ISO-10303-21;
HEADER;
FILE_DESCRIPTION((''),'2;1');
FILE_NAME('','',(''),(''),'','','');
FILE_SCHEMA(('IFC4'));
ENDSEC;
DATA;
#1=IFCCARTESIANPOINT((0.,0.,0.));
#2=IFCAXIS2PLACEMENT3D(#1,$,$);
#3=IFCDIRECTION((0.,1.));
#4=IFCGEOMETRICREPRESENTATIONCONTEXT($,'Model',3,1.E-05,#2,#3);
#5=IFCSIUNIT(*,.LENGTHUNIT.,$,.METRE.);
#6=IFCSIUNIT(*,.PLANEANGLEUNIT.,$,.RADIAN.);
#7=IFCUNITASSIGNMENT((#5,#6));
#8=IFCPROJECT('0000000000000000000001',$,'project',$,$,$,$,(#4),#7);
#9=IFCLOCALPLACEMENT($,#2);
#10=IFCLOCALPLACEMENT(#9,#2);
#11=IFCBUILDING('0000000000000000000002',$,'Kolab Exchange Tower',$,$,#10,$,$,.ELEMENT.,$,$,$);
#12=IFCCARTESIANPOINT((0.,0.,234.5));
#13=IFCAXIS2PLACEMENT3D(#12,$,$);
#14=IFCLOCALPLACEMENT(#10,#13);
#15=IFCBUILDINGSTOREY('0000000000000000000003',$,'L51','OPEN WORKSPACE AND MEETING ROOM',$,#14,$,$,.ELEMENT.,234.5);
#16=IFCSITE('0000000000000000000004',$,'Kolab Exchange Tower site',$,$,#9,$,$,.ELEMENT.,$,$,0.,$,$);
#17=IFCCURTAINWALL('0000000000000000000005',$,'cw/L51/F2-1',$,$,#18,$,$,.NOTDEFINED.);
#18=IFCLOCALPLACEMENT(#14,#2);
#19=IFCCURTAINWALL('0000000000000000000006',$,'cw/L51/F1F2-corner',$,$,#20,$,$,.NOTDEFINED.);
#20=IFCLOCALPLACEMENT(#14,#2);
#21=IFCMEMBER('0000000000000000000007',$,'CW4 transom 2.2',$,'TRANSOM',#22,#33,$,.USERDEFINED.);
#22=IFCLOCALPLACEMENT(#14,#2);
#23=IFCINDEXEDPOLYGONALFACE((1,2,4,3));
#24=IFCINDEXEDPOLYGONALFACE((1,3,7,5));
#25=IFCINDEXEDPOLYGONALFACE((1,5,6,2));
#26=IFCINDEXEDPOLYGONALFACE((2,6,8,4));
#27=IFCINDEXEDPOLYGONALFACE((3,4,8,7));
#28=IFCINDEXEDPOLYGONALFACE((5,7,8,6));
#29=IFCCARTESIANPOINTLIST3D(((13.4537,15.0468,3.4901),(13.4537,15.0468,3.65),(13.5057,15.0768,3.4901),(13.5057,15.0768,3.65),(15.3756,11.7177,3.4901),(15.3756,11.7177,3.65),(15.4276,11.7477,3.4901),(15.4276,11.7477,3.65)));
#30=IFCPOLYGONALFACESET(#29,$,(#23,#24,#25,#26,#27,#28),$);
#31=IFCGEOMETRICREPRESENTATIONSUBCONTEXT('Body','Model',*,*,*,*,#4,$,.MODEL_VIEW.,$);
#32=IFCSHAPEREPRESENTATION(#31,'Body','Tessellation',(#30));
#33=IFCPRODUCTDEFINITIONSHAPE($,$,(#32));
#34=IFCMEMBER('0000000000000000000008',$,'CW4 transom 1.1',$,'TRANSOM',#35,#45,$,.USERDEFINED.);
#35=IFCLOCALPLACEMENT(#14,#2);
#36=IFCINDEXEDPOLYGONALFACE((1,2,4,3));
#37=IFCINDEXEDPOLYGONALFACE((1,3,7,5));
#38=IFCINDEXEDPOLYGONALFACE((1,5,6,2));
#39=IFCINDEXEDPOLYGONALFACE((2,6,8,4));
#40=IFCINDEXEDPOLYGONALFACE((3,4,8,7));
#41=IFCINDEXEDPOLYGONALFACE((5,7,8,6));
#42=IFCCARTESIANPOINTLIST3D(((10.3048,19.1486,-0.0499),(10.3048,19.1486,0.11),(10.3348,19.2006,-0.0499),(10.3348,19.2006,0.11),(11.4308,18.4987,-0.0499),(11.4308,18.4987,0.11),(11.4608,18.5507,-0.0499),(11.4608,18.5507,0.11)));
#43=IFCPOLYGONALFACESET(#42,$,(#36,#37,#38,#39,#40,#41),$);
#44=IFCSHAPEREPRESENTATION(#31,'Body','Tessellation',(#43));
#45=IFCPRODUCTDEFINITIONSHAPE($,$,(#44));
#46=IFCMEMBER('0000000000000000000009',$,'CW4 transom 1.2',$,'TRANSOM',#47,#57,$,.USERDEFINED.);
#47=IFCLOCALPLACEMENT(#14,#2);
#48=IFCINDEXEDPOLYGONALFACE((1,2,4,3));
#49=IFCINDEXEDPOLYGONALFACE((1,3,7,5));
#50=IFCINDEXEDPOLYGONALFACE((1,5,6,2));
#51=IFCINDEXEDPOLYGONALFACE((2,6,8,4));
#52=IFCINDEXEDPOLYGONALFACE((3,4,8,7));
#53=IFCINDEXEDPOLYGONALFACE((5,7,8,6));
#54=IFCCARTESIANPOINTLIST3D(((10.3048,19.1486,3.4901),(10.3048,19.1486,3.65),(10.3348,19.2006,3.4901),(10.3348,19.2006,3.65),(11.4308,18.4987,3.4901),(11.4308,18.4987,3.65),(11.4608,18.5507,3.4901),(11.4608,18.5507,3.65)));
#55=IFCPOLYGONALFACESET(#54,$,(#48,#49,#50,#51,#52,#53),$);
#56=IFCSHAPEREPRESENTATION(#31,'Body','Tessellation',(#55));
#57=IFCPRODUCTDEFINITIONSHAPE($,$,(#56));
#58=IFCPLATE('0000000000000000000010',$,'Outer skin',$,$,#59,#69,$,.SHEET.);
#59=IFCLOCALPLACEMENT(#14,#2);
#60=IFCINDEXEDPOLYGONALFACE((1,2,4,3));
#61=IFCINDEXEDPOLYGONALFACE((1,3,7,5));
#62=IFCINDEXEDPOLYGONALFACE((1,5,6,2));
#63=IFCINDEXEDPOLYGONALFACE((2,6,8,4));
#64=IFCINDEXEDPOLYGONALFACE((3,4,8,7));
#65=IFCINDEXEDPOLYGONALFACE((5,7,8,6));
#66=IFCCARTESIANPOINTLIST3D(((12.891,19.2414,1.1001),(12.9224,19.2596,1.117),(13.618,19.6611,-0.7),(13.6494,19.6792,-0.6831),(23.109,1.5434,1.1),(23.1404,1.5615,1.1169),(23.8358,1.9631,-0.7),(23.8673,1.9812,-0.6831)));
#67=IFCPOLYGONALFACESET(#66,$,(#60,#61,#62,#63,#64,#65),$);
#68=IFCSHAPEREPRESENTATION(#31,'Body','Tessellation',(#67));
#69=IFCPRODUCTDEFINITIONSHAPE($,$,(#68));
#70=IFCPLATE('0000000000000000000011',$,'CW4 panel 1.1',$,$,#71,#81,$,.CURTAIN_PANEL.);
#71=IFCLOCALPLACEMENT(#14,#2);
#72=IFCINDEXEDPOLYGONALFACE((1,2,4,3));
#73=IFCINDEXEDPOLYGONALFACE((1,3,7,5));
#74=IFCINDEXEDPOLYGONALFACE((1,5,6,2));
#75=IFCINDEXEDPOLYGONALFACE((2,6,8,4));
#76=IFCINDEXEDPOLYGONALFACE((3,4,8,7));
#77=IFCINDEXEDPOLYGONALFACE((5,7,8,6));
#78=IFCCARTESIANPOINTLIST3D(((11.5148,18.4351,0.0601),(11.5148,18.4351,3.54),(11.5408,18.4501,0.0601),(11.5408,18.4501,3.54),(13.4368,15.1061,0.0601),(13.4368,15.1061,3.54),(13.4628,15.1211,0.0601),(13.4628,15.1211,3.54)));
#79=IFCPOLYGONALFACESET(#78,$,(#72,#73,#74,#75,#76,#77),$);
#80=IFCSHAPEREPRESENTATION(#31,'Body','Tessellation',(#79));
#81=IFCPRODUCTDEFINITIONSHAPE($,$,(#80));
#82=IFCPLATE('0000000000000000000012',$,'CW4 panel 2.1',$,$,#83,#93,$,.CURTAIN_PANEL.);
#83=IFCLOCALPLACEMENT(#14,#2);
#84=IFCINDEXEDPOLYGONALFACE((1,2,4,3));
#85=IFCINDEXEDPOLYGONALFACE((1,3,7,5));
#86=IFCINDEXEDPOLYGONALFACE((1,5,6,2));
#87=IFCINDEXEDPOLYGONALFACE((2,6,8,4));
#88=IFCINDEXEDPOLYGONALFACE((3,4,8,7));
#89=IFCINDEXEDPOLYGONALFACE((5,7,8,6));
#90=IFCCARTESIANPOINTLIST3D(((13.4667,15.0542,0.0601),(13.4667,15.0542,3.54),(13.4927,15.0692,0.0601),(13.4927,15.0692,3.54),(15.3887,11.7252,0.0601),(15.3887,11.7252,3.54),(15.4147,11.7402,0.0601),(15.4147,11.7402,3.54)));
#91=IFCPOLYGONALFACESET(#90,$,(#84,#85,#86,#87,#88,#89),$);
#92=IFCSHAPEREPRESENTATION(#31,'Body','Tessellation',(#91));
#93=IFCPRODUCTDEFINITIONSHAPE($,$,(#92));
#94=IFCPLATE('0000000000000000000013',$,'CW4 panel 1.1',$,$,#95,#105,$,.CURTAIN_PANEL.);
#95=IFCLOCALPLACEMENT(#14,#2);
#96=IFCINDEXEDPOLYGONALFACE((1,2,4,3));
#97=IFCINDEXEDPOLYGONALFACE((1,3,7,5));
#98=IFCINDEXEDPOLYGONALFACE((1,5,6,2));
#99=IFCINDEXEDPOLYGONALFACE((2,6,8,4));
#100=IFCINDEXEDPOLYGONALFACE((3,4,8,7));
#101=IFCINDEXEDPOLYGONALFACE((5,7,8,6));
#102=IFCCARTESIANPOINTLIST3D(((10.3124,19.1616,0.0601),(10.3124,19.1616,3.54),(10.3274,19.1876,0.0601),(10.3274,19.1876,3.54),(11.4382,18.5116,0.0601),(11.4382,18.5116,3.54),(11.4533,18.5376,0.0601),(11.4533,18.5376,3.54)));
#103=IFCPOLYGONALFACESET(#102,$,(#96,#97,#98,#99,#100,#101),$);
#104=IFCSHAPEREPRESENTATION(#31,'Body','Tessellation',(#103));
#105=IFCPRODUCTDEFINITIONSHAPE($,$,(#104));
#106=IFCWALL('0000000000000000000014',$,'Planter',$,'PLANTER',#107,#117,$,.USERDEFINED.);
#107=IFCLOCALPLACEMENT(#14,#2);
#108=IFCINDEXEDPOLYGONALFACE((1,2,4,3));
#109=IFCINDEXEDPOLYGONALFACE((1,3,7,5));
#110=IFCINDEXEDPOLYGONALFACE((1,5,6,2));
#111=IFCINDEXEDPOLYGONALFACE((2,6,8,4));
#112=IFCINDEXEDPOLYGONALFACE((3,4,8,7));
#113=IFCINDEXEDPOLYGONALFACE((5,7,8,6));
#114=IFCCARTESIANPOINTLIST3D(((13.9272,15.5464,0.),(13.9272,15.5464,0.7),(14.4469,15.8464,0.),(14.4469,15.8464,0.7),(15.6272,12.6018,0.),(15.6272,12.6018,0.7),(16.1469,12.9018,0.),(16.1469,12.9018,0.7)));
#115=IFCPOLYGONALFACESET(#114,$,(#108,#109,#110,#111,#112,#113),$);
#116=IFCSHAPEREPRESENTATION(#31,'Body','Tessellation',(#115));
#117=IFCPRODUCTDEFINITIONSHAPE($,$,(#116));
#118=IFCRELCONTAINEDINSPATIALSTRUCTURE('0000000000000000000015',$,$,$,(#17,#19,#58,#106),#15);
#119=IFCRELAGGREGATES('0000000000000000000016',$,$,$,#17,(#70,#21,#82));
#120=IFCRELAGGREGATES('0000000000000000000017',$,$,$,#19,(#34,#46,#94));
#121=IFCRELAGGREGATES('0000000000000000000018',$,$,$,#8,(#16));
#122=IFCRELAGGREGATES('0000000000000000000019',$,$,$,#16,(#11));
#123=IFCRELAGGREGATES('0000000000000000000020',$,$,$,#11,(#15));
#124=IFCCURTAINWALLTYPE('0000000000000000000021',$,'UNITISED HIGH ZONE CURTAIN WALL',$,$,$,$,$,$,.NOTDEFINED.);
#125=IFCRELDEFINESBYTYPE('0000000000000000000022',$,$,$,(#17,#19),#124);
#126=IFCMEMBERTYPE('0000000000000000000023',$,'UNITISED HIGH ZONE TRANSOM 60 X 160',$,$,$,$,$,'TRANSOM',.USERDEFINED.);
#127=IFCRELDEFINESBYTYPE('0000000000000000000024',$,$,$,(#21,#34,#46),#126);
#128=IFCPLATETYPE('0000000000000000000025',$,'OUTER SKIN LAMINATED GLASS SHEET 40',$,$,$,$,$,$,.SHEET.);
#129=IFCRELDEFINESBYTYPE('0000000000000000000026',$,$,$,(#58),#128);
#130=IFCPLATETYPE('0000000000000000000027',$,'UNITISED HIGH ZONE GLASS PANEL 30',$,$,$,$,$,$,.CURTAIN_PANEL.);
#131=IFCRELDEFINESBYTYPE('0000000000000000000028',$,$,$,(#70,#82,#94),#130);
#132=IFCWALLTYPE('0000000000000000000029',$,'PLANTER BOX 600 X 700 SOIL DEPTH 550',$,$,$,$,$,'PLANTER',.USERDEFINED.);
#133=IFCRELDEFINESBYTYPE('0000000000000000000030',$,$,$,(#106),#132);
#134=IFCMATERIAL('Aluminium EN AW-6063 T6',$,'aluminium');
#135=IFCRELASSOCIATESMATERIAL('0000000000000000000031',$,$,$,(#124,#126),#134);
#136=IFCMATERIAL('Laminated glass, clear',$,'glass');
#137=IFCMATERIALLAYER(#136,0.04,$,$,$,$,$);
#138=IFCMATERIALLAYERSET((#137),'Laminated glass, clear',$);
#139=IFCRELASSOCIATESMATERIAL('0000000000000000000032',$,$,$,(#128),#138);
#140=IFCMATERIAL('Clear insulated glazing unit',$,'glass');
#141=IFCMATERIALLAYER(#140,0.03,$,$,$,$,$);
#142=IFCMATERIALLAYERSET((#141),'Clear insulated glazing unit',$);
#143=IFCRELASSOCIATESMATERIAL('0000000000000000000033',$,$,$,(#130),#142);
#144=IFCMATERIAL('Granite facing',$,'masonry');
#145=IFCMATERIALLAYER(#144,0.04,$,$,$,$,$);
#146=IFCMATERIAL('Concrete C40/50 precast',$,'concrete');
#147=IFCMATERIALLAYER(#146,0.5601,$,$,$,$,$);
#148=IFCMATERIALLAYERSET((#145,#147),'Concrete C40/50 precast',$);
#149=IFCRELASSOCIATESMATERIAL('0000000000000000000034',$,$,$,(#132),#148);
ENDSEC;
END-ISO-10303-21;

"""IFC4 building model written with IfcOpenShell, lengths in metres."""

from ifc_helpers import new_model, si_unit, direction, frame, frame_2d, origin, origin_2d, place, context, subcontext, project, spatial, polyline, rectangle, outline, extrude, material, layer, layer_set, material_profile, profile_set, type_object, element, aggregate, save


model = new_model("IFC4")

# Units and contexts
model_context = context("Model", 3, precision=1e-05, world=origin(), true_north=direction((0.0, 1.0)))
body_context = subcontext(model_context, "Body", "Model", "MODEL_VIEW")
ifc_project = project(units=[si_unit("LENGTHUNIT", "METRE"), si_unit("PLANEANGLEUNIT", "RADIAN")], contexts=[model_context])

# Site, building, storey
site_placement = place(None, origin())
site = spatial("IfcSite", under=ifc_project, at=site_placement, Name="Kolab Exchange Tower site", CompositionType="ELEMENT", RefElevation=0.0)
building_placement = place(site_placement, origin())
building = spatial("IfcBuilding", under=site, at=building_placement, Name="Kolab Exchange Tower", CompositionType="ELEMENT")
storey_placement = place(building_placement, frame((0.0, 0.0, 234.5)))
storey = spatial("IfcBuildingStorey", under=building, at=storey_placement, Name="L51", Description="OPEN WORKSPACE AND MEETING ROOM", CompositionType="ELEMENT", Elevation=234.5)

# Shared definitions
ifc_material_1 = material(Name="Aluminium EN AW-6063 T6", Category="aluminium")
curtain_wall_type = type_object("IfcCurtainWallType", Name="UNITISED HIGH ZONE CURTAIN WALL", PredefinedType="NOTDEFINED", material=ifc_material_1)

# Curtain walls
curtain_wall_1_placement = place(storey_placement, origin())
curtain_wall_1 = element("IfcCurtainWall", 1, at=curtain_wall_1_placement, inside=storey, type_object=curtain_wall_type, Name="cw/L51/F2-1", PredefinedType="NOTDEFINED")
curtain_wall_2_placement = place(storey_placement, origin())
curtain_wall_2 = element("IfcCurtainWall", 2, at=curtain_wall_2_placement, inside=storey, type_object=curtain_wall_type, Name="cw/L51/F1F2-corner", PredefinedType="NOTDEFINED")

# Members
ifc_material_profile_1 = material_profile(ifc_material_1, rectangle(XDim=0.0601, YDim=0.1599, at=origin_2d()), Name="RECT 60X160")
ifc_profile_set_1 = profile_set([ifc_material_profile_1], Name="Aluminium EN AW-6063 T6")
member_type_1 = type_object("IfcMemberType", Name="UNITISED HIGH ZONE TRANSOM 60 X 160", ElementType="TRANSOM", PredefinedType="USERDEFINED", material=ifc_profile_set_1)
member_1_placement = place(storey_placement, frame((13.4797, 15.0618, 3.5701), z_axis=(0.499964, -0.866046, 0.0), x_axis=(0.866046, 0.499964, 0.0)))
member_1 = element("IfcMember", 3, at=member_1_placement, type_object=member_type_1, Name="CW4 transom 2.2", ObjectType="TRANSOM", PredefinedType="USERDEFINED", context=body_context, shape_type="SweptSolid", body=[
    extrude(rectangle(XDim=0.0601, YDim=0.1599, at=origin_2d()), origin(), (0.0, 0.0, 1.0), 3.844),
])
member_2_placement = place(storey_placement, frame((10.3198, 19.1746, 0.03), z_axis=(0.866086, -0.499896, 0.0), x_axis=(0.499896, 0.866086, 0.0)))
member_2 = element("IfcMember", 4, at=member_2_placement, type_object=member_type_1, Name="CW4 transom 1.1", ObjectType="TRANSOM", PredefinedType="USERDEFINED", context=body_context, shape_type="SweptSolid", body=[
    extrude(rectangle(XDim=0.0601, YDim=0.1599, at=origin_2d()), origin(), (0.0, 0.0, 1.0), 1.3),
])
member_3_placement = place(storey_placement, frame((10.3198, 19.1746, 3.5701), z_axis=(0.866086, -0.499896, 0.0), x_axis=(0.499896, 0.866086, 0.0)))
member_3 = element("IfcMember", 5, at=member_3_placement, type_object=member_type_1, Name="CW4 transom 1.2", ObjectType="TRANSOM", PredefinedType="USERDEFINED", context=body_context, shape_type="SweptSolid", body=[
    extrude(rectangle(XDim=0.0601, YDim=0.1599, at=origin_2d()), origin(), (0.0, 0.0, 1.0), 1.3),
])

# Plates
ifc_material_2 = material(Name="Laminated glass, clear", Category="glass")
ifc_layer_1 = layer(ifc_material_2, 0.04)
ifc_layer_set_1 = layer_set([ifc_layer_1], Name="Laminated glass, clear")
plate_type_1 = type_object("IfcPlateType", Name="OUTER SKIN LAMINATED GLASS SHEET 40", PredefinedType="SHEET", material=ifc_layer_set_1)
plate_1_placement = place(storey_placement, frame((13.6494, 19.6792, -0.6831), z_axis=(0.784886, 0.453152, 0.422619), x_axis=(0.499997, -0.866027, 0.000002)))
element("IfcPlate", 6, at=plate_1_placement, inside=storey, type_object=plate_type_1, Name="Outer skin", PredefinedType="SHEET", context=body_context, shape_type="SweptSolid", body=[
    extrude(outline(polyline([(0.0, 0.0), (20.4358, 0.0), (20.4359, -1.9861), (-0.0001, -1.9862), (0.0, 0.0)])), origin(), (0.0, 0.0, -1.0), 0.04),
])
ifc_material_3 = material(Name="Clear insulated glazing unit", Category="glass")
ifc_layer_2 = layer(ifc_material_3, 0.03)
ifc_layer_set_2 = layer_set([ifc_layer_2], Name="Clear insulated glazing unit")
plate_type_2 = type_object("IfcPlateType", Name="UNITISED HIGH ZONE GLASS PANEL 30", PredefinedType="CURTAIN_PANEL", material=ifc_layer_set_2)
plate_2_placement = place(storey_placement, frame((12.4888, 16.7781, 0.0601), z_axis=(0.0, 0.0, 1.0), x_axis=(0.5, -0.866025, 0.0)))
plate_2 = element("IfcPlate", 7, at=plate_2_placement, type_object=plate_type_2, Name="CW4 panel 1.1", PredefinedType="CURTAIN_PANEL", context=body_context, shape_type="SweptSolid", body=[
    extrude(rectangle(XDim=3.844, YDim=0.03, at=origin_2d()), origin(), (0.0, 0.0, 1.0), 3.48),
])
plate_3_placement = place(storey_placement, frame((14.4407, 13.3972, 0.0601), z_axis=(0.0, 0.0, 1.0), x_axis=(0.5, -0.866025, 0.0)))
plate_3 = element("IfcPlate", 8, at=plate_3_placement, type_object=plate_type_2, Name="CW4 panel 2.1", PredefinedType="CURTAIN_PANEL", context=body_context, shape_type="SweptSolid", body=[
    extrude(rectangle(XDim=3.844, YDim=0.03, at=origin_2d()), origin(), (0.0, 0.0, 1.0), 3.48),
])
aggregate(curtain_wall_1, [plate_2, member_1, plate_3])
plate_4_placement = place(storey_placement, frame((10.8828, 18.8496, 0.0601), z_axis=(0.0, 0.0, 1.0), x_axis=(0.866025, -0.5, 0.0)))
plate_4 = element("IfcPlate", 9, at=plate_4_placement, type_object=plate_type_2, Name="CW4 panel 1.1", PredefinedType="CURTAIN_PANEL", context=body_context, shape_type="SweptSolid", body=[
    extrude(rectangle(XDim=1.3, YDim=0.03, at=origin_2d()), origin(), (0.0, 0.0, 1.0), 3.48),
])
aggregate(curtain_wall_2, [member_2, member_3, plate_4])

# Wall
ifc_material_4 = material(Name="Granite facing", Category="masonry")
ifc_layer_3 = layer(ifc_material_4, 0.04)
ifc_material_5 = material(Name="Concrete C40/50 precast", Category="concrete")
ifc_layer_4 = layer(ifc_material_5, 0.5601)
ifc_layer_set_3 = layer_set([ifc_layer_3, ifc_layer_4], Name="Concrete C40/50 precast")
wall_type = type_object("IfcWallType", Name="PLANTER BOX 600 X 700 SOIL DEPTH 550", ElementType="PLANTER", PredefinedType="USERDEFINED", material=ifc_layer_set_3)
wall_placement = place(storey_placement, frame((14.187, 15.6965, 0.0), z_axis=(0.0, 0.0, 1.0), x_axis=(0.499977, -0.866039, 0.0)))
element("IfcWall", 10, at=wall_placement, inside=storey, type_object=wall_type, Name="Planter", ObjectType="PLANTER", PredefinedType="USERDEFINED", context=body_context, shape_type="SweptSolid", body=[
    extrude(rectangle(XDim=3.4001, YDim=0.6001, at=frame_2d((1.7002, 0.0))), origin(), (0.0, 0.0, 1.0), 0.7),
])

save(model, "model.ifc")
